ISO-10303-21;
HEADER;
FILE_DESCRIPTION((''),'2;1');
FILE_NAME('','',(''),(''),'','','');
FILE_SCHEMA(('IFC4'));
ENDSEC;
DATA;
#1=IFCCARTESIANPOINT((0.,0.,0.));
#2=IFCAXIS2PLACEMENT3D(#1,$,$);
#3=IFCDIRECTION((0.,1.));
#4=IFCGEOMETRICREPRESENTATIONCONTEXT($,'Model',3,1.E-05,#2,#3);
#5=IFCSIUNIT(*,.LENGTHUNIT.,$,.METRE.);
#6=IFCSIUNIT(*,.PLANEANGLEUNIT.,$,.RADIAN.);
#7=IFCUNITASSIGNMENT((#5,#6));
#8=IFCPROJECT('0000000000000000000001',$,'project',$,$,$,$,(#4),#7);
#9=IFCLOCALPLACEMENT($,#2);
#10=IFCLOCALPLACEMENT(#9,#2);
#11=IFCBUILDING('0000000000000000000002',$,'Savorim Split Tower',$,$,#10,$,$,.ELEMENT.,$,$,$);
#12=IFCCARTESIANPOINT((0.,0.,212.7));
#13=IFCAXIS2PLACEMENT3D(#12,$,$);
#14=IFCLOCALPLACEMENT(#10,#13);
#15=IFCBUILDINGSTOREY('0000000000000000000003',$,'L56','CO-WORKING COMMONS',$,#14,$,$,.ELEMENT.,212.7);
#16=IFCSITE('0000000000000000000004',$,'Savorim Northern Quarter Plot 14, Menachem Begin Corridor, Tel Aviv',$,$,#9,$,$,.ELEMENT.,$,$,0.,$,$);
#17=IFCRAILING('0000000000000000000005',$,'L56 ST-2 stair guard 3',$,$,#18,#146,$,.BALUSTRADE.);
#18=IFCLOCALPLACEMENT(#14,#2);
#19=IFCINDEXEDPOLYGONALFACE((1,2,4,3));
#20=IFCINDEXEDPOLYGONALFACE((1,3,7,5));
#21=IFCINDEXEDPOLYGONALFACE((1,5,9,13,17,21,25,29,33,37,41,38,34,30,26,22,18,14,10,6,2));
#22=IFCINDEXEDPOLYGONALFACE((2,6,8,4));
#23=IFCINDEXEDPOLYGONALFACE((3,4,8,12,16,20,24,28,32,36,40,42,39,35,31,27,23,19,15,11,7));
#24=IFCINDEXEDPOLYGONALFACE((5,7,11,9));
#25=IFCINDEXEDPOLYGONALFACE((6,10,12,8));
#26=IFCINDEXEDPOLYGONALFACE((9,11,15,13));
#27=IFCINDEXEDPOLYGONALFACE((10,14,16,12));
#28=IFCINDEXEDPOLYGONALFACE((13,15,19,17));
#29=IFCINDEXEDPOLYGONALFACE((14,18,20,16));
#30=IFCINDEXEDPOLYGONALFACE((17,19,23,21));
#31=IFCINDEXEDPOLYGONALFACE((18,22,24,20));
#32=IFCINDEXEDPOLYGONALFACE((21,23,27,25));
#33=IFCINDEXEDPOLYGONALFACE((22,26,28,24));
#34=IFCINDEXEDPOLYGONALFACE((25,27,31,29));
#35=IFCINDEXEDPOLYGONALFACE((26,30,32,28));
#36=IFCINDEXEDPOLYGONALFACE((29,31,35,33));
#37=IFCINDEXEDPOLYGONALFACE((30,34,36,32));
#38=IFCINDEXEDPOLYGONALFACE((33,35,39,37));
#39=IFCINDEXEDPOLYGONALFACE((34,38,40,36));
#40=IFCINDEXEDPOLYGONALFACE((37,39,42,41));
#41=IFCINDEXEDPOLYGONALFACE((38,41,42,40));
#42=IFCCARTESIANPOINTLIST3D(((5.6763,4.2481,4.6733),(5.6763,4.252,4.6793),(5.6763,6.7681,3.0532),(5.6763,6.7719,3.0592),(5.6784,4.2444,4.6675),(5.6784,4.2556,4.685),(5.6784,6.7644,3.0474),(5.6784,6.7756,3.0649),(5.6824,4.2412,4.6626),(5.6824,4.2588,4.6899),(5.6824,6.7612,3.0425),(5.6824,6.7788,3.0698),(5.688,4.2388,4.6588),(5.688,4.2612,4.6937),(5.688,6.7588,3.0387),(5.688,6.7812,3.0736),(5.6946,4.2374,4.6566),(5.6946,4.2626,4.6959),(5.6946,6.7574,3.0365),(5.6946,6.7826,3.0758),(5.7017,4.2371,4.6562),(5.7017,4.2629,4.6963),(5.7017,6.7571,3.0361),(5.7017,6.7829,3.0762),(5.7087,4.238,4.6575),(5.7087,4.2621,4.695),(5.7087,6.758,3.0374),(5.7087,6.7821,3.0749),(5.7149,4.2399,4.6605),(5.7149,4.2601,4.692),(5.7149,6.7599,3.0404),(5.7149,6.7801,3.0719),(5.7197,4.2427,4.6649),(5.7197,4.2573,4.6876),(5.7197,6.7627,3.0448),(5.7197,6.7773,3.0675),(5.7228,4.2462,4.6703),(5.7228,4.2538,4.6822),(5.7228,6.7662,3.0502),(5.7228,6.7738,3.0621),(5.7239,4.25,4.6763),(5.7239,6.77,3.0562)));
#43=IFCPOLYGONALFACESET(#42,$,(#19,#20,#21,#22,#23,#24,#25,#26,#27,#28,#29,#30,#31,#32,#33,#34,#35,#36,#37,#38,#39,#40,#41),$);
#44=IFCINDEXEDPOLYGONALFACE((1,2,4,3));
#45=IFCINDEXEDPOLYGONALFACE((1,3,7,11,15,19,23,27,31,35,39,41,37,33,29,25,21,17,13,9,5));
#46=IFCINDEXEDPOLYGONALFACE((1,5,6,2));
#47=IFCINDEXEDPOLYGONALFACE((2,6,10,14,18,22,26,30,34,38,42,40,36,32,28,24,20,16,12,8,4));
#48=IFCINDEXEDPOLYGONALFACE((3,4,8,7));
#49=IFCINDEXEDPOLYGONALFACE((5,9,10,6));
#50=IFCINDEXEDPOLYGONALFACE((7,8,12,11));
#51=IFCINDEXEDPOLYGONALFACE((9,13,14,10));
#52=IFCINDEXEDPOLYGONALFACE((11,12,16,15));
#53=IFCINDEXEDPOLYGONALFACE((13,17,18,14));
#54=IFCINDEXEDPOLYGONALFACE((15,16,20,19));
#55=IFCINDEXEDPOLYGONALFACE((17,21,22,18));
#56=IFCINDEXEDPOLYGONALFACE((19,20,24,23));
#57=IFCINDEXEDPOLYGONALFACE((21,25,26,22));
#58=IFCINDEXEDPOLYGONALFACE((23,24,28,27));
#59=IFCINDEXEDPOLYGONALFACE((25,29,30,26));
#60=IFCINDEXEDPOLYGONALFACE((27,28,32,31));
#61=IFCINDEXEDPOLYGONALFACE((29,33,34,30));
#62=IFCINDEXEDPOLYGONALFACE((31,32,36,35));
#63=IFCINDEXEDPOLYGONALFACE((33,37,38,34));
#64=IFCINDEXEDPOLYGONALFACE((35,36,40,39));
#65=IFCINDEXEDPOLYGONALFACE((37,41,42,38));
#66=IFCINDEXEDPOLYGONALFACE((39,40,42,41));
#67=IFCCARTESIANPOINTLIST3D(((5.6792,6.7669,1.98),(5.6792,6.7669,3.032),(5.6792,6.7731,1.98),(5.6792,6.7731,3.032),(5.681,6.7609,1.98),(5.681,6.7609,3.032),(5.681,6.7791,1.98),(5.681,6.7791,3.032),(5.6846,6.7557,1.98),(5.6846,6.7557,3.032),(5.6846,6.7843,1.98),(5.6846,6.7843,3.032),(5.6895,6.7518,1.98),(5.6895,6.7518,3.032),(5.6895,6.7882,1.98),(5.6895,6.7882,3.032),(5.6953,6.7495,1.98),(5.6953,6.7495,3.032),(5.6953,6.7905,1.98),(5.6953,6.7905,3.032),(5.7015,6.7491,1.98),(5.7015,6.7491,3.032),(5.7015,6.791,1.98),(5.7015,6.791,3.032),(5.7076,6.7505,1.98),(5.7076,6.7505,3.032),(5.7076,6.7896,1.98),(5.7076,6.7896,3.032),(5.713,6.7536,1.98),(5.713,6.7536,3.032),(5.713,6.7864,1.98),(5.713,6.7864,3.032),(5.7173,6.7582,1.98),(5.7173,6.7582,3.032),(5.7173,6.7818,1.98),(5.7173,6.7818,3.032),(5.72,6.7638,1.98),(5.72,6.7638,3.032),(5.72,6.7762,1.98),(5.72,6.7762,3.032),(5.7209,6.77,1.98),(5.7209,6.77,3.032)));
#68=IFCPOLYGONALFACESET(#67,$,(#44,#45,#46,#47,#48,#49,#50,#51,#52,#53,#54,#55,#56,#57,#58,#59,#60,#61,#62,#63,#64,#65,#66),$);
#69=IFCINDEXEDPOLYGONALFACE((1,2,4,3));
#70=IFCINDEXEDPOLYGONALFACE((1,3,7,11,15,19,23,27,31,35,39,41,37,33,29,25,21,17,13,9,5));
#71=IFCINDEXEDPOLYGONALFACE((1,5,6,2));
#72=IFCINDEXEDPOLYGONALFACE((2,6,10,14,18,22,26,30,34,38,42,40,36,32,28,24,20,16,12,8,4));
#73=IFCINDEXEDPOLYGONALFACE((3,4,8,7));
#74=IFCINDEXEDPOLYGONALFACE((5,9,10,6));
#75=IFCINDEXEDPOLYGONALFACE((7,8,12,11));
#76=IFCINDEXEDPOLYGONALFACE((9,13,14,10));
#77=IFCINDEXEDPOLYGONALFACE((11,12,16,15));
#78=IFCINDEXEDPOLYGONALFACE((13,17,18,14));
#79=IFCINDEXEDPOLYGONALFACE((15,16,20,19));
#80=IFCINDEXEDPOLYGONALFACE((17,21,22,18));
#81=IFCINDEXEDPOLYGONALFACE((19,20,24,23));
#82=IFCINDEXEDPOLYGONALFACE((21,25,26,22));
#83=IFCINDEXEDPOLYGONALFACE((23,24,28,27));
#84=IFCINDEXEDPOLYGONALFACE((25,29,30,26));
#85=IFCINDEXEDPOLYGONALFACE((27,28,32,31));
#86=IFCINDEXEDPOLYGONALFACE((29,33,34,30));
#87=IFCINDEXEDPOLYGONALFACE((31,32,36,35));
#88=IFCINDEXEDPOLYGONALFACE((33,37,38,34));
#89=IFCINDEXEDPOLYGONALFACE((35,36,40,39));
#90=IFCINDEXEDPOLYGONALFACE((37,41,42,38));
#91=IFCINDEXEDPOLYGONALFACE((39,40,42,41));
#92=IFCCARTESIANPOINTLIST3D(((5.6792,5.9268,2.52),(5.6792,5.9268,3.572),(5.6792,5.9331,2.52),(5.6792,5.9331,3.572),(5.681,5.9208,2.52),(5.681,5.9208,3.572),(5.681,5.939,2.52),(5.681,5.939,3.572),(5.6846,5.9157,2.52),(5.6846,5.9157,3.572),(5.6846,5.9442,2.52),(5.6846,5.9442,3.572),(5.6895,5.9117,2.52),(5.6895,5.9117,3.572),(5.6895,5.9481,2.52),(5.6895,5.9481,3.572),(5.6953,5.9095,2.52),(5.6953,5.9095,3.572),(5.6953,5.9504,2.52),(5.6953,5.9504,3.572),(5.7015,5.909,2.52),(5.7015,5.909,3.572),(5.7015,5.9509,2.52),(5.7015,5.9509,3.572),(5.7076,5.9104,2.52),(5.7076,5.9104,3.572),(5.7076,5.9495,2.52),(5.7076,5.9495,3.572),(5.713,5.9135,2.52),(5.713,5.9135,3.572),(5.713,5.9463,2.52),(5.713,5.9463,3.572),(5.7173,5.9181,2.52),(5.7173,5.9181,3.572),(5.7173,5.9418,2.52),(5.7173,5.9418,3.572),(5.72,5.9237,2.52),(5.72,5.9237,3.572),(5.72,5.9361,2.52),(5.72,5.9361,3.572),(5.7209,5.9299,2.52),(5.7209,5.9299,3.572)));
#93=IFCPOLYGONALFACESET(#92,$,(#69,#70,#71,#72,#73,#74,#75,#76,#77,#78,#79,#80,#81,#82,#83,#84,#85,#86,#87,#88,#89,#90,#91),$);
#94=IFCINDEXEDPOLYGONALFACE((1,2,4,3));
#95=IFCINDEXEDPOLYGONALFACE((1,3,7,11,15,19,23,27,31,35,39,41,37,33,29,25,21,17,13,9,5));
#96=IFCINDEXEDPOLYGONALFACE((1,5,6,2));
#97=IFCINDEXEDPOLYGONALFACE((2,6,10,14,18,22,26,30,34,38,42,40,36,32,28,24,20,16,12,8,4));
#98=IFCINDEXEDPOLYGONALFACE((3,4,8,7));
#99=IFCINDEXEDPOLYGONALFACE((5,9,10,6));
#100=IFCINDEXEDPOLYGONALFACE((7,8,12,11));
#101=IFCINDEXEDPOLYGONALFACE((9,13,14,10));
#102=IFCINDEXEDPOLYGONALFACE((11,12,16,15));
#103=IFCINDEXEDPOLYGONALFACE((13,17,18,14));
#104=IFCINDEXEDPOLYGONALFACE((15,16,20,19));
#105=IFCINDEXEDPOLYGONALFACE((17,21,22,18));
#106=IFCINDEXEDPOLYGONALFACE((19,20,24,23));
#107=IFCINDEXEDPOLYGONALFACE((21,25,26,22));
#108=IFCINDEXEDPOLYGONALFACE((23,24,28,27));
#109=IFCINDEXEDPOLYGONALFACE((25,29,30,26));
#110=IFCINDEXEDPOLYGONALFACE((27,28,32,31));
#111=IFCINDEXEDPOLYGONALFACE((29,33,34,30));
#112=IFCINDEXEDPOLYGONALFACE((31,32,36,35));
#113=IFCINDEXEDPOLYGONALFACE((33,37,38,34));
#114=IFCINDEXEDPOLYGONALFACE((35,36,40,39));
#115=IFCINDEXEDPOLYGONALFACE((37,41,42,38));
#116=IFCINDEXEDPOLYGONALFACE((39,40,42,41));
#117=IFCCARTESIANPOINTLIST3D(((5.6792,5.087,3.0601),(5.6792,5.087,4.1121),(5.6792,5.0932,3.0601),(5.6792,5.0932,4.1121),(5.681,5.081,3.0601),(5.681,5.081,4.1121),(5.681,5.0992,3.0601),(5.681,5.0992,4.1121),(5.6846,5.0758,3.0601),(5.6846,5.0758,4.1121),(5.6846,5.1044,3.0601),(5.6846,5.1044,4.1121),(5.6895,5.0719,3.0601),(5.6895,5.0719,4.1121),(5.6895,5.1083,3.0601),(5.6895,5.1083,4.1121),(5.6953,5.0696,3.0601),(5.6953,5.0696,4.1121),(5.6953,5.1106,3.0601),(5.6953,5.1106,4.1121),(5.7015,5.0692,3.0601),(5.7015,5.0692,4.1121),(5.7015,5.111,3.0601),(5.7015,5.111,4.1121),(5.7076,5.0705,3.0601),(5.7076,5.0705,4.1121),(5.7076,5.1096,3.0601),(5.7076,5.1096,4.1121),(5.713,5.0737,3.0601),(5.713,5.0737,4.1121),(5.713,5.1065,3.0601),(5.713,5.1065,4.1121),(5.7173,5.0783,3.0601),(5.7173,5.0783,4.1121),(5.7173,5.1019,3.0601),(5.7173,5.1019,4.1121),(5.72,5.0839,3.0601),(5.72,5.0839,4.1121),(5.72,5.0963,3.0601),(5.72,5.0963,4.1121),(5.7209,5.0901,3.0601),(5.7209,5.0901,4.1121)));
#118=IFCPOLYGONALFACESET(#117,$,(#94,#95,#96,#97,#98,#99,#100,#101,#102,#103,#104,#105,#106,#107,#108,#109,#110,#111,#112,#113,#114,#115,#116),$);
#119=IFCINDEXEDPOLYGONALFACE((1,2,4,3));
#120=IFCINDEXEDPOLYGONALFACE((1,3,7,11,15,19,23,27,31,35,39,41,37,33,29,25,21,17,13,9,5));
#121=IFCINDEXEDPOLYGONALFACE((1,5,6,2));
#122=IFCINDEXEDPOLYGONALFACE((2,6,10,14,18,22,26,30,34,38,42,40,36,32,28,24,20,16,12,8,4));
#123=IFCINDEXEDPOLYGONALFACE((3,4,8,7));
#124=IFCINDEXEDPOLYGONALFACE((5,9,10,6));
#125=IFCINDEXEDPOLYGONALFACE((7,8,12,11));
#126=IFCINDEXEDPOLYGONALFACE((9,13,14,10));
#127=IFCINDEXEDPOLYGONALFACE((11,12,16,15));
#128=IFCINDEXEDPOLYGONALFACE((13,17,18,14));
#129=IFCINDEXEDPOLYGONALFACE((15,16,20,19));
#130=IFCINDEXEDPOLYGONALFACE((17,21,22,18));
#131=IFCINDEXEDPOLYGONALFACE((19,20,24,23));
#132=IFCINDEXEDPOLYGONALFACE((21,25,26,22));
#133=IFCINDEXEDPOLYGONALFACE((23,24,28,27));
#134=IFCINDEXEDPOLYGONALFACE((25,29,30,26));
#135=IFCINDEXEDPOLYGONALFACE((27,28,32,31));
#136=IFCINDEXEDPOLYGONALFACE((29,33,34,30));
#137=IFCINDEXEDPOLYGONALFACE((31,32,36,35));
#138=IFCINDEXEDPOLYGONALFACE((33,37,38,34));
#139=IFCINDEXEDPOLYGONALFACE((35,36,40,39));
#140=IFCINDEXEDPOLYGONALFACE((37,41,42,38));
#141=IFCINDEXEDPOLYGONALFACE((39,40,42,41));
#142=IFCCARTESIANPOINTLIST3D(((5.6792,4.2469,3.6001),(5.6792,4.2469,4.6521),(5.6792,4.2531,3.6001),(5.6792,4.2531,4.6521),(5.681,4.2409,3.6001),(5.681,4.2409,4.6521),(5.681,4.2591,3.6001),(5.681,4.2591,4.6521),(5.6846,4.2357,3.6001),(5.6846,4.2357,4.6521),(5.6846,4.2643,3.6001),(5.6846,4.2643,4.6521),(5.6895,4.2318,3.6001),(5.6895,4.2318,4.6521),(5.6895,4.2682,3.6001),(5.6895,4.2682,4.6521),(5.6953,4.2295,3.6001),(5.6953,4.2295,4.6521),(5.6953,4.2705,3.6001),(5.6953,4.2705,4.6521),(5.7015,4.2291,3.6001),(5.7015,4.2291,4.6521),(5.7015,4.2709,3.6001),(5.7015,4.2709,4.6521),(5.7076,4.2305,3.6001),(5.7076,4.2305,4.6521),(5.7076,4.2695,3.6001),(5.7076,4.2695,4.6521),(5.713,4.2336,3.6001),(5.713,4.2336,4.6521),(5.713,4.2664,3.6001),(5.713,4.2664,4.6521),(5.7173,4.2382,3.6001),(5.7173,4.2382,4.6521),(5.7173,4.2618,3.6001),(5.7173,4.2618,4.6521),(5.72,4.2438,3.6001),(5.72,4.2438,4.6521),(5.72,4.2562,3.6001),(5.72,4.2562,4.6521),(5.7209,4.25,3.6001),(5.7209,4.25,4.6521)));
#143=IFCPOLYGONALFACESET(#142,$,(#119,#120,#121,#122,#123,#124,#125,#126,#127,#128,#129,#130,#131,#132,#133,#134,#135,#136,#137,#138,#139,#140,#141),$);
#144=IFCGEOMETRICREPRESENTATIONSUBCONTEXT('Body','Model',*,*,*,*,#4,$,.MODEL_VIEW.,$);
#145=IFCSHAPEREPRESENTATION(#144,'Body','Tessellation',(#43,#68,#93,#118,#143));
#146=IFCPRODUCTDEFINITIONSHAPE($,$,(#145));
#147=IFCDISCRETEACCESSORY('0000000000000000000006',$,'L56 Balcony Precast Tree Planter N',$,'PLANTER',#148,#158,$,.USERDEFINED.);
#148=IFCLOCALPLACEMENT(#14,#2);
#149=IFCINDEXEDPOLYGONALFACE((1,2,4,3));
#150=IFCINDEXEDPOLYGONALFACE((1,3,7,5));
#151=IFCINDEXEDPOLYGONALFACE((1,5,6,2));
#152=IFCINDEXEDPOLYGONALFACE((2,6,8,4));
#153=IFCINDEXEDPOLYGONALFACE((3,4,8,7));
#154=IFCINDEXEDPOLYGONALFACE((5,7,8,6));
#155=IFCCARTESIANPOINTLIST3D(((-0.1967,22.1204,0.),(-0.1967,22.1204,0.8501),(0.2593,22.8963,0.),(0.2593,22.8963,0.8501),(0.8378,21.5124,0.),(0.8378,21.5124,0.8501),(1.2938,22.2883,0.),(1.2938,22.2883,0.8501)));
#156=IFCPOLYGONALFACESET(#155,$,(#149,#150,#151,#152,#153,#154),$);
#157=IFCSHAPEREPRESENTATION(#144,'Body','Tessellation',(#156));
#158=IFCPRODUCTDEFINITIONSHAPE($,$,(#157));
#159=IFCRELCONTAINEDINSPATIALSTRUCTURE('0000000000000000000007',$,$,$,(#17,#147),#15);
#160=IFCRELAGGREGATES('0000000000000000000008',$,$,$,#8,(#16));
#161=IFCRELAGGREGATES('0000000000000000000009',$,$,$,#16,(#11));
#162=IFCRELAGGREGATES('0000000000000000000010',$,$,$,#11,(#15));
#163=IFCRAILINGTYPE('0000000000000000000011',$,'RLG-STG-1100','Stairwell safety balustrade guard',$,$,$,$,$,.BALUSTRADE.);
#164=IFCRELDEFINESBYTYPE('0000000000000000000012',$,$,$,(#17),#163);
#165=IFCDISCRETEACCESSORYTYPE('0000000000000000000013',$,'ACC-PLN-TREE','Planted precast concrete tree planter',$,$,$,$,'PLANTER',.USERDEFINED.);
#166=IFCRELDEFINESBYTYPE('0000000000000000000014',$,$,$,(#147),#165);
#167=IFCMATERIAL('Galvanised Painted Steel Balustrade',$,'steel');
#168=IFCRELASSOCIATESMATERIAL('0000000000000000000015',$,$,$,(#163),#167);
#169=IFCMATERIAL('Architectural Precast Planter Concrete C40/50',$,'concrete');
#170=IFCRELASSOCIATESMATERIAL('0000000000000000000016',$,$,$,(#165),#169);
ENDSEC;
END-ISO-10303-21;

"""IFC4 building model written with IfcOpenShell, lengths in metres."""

from ifc_helpers import new_model, si_unit, direction, frame, origin, origin_2d, place, context, subcontext, project, spatial, rectangle, circle, extrude, material, type_object, element, save


model = new_model("IFC4")

# Units and contexts
model_context = context("Model", 3, precision=1e-05, world=origin(), true_north=direction((0.0, 1.0)))
body_context = subcontext(model_context, "Body", "Model", "MODEL_VIEW")
ifc_project = project(units=[si_unit("LENGTHUNIT", "METRE"), si_unit("PLANEANGLEUNIT", "RADIAN")], contexts=[model_context])

# Site, building, storey
site_placement = place(None, origin())
site = spatial("IfcSite", under=ifc_project, at=site_placement, Name="Savorim Northern Quarter Plot 14, Menachem Begin Corridor, Tel Aviv", CompositionType="ELEMENT", RefElevation=0.0)
building_placement = place(site_placement, origin())
building = spatial("IfcBuilding", under=site, at=building_placement, Name="Savorim Split Tower", CompositionType="ELEMENT")
storey_placement = place(building_placement, frame((0.0, 0.0, 212.7)))
storey = spatial("IfcBuildingStorey", under=building, at=storey_placement, Name="L56", Description="CO-WORKING COMMONS", CompositionType="ELEMENT", Elevation=212.7)

# Railing
ifc_material_1 = material(Name="Galvanised Painted Steel Balustrade", Category="steel")
railing_type_1 = type_object("IfcRailingType", Name="RLG-STG-1100", Description="Stairwell safety balustrade guard", PredefinedType="BALUSTRADE", material=ifc_material_1)
railing_1_placement = place(storey_placement, frame((5.7, 6.77, 1.98)))
element("IfcRailing", 1, at=railing_1_placement, inside=storey, type_object=railing_type_1, Name="L56 ST-2 stair guard 3", PredefinedType="BALUSTRADE", context=body_context, shape_type="SweptSolid", body=[
    extrude(circle(Radius=0.0239, at=origin_2d()), frame((0.0, 0.0, 1.0762), z_axis=(0.0, -0.841163, 0.540782), x_axis=(1.0, 0.0, 0.0)), (0.0, 0.0, 1.0), 2.9958),
    extrude(circle(Radius=0.021, at=origin_2d()), origin(), (0.0, 0.0, 1.0), 1.052),
    extrude(circle(Radius=0.021, at=origin_2d()), frame((0.0, -0.8401, 0.54)), (0.0, 0.0, 1.0), 1.052),
    extrude(circle(Radius=0.021, at=origin_2d()), frame((0.0, -1.6799, 1.0801)), (0.0, 0.0, 1.0), 1.052),
    extrude(circle(Radius=0.021, at=origin_2d()), frame((0.0, -2.52, 1.6201)), (0.0, 0.0, 1.0), 1.052),
])

# Discrete accessory
ifc_material_2 = material(Name="Architectural Precast Planter Concrete C40/50", Category="concrete")
discrete_accessory_type = type_object("IfcDiscreteAccessoryType", Name="ACC-PLN-TREE", Description="Planted precast concrete tree planter", ElementType="PLANTER", PredefinedType="USERDEFINED", material=ifc_material_2)
discrete_accessory_placement = place(storey_placement, frame((0.5486, 22.2043, 0.0), z_axis=(0.0, 0.0, 1.0), x_axis=(-0.862125, 0.506696, 0.0)))
element("IfcDiscreteAccessory", 2, at=discrete_accessory_placement, inside=storey, type_object=discrete_accessory_type, Name="L56 Balcony Precast Tree Planter N", ObjectType="PLANTER", PredefinedType="USERDEFINED", context=body_context, shape_type="SweptSolid", body=[
    extrude(rectangle(XDim=1.2, YDim=0.8999, at=origin_2d()), origin(), (0.0, 0.0, 1.0), 0.8501),
])

save(model, "model.ifc")
